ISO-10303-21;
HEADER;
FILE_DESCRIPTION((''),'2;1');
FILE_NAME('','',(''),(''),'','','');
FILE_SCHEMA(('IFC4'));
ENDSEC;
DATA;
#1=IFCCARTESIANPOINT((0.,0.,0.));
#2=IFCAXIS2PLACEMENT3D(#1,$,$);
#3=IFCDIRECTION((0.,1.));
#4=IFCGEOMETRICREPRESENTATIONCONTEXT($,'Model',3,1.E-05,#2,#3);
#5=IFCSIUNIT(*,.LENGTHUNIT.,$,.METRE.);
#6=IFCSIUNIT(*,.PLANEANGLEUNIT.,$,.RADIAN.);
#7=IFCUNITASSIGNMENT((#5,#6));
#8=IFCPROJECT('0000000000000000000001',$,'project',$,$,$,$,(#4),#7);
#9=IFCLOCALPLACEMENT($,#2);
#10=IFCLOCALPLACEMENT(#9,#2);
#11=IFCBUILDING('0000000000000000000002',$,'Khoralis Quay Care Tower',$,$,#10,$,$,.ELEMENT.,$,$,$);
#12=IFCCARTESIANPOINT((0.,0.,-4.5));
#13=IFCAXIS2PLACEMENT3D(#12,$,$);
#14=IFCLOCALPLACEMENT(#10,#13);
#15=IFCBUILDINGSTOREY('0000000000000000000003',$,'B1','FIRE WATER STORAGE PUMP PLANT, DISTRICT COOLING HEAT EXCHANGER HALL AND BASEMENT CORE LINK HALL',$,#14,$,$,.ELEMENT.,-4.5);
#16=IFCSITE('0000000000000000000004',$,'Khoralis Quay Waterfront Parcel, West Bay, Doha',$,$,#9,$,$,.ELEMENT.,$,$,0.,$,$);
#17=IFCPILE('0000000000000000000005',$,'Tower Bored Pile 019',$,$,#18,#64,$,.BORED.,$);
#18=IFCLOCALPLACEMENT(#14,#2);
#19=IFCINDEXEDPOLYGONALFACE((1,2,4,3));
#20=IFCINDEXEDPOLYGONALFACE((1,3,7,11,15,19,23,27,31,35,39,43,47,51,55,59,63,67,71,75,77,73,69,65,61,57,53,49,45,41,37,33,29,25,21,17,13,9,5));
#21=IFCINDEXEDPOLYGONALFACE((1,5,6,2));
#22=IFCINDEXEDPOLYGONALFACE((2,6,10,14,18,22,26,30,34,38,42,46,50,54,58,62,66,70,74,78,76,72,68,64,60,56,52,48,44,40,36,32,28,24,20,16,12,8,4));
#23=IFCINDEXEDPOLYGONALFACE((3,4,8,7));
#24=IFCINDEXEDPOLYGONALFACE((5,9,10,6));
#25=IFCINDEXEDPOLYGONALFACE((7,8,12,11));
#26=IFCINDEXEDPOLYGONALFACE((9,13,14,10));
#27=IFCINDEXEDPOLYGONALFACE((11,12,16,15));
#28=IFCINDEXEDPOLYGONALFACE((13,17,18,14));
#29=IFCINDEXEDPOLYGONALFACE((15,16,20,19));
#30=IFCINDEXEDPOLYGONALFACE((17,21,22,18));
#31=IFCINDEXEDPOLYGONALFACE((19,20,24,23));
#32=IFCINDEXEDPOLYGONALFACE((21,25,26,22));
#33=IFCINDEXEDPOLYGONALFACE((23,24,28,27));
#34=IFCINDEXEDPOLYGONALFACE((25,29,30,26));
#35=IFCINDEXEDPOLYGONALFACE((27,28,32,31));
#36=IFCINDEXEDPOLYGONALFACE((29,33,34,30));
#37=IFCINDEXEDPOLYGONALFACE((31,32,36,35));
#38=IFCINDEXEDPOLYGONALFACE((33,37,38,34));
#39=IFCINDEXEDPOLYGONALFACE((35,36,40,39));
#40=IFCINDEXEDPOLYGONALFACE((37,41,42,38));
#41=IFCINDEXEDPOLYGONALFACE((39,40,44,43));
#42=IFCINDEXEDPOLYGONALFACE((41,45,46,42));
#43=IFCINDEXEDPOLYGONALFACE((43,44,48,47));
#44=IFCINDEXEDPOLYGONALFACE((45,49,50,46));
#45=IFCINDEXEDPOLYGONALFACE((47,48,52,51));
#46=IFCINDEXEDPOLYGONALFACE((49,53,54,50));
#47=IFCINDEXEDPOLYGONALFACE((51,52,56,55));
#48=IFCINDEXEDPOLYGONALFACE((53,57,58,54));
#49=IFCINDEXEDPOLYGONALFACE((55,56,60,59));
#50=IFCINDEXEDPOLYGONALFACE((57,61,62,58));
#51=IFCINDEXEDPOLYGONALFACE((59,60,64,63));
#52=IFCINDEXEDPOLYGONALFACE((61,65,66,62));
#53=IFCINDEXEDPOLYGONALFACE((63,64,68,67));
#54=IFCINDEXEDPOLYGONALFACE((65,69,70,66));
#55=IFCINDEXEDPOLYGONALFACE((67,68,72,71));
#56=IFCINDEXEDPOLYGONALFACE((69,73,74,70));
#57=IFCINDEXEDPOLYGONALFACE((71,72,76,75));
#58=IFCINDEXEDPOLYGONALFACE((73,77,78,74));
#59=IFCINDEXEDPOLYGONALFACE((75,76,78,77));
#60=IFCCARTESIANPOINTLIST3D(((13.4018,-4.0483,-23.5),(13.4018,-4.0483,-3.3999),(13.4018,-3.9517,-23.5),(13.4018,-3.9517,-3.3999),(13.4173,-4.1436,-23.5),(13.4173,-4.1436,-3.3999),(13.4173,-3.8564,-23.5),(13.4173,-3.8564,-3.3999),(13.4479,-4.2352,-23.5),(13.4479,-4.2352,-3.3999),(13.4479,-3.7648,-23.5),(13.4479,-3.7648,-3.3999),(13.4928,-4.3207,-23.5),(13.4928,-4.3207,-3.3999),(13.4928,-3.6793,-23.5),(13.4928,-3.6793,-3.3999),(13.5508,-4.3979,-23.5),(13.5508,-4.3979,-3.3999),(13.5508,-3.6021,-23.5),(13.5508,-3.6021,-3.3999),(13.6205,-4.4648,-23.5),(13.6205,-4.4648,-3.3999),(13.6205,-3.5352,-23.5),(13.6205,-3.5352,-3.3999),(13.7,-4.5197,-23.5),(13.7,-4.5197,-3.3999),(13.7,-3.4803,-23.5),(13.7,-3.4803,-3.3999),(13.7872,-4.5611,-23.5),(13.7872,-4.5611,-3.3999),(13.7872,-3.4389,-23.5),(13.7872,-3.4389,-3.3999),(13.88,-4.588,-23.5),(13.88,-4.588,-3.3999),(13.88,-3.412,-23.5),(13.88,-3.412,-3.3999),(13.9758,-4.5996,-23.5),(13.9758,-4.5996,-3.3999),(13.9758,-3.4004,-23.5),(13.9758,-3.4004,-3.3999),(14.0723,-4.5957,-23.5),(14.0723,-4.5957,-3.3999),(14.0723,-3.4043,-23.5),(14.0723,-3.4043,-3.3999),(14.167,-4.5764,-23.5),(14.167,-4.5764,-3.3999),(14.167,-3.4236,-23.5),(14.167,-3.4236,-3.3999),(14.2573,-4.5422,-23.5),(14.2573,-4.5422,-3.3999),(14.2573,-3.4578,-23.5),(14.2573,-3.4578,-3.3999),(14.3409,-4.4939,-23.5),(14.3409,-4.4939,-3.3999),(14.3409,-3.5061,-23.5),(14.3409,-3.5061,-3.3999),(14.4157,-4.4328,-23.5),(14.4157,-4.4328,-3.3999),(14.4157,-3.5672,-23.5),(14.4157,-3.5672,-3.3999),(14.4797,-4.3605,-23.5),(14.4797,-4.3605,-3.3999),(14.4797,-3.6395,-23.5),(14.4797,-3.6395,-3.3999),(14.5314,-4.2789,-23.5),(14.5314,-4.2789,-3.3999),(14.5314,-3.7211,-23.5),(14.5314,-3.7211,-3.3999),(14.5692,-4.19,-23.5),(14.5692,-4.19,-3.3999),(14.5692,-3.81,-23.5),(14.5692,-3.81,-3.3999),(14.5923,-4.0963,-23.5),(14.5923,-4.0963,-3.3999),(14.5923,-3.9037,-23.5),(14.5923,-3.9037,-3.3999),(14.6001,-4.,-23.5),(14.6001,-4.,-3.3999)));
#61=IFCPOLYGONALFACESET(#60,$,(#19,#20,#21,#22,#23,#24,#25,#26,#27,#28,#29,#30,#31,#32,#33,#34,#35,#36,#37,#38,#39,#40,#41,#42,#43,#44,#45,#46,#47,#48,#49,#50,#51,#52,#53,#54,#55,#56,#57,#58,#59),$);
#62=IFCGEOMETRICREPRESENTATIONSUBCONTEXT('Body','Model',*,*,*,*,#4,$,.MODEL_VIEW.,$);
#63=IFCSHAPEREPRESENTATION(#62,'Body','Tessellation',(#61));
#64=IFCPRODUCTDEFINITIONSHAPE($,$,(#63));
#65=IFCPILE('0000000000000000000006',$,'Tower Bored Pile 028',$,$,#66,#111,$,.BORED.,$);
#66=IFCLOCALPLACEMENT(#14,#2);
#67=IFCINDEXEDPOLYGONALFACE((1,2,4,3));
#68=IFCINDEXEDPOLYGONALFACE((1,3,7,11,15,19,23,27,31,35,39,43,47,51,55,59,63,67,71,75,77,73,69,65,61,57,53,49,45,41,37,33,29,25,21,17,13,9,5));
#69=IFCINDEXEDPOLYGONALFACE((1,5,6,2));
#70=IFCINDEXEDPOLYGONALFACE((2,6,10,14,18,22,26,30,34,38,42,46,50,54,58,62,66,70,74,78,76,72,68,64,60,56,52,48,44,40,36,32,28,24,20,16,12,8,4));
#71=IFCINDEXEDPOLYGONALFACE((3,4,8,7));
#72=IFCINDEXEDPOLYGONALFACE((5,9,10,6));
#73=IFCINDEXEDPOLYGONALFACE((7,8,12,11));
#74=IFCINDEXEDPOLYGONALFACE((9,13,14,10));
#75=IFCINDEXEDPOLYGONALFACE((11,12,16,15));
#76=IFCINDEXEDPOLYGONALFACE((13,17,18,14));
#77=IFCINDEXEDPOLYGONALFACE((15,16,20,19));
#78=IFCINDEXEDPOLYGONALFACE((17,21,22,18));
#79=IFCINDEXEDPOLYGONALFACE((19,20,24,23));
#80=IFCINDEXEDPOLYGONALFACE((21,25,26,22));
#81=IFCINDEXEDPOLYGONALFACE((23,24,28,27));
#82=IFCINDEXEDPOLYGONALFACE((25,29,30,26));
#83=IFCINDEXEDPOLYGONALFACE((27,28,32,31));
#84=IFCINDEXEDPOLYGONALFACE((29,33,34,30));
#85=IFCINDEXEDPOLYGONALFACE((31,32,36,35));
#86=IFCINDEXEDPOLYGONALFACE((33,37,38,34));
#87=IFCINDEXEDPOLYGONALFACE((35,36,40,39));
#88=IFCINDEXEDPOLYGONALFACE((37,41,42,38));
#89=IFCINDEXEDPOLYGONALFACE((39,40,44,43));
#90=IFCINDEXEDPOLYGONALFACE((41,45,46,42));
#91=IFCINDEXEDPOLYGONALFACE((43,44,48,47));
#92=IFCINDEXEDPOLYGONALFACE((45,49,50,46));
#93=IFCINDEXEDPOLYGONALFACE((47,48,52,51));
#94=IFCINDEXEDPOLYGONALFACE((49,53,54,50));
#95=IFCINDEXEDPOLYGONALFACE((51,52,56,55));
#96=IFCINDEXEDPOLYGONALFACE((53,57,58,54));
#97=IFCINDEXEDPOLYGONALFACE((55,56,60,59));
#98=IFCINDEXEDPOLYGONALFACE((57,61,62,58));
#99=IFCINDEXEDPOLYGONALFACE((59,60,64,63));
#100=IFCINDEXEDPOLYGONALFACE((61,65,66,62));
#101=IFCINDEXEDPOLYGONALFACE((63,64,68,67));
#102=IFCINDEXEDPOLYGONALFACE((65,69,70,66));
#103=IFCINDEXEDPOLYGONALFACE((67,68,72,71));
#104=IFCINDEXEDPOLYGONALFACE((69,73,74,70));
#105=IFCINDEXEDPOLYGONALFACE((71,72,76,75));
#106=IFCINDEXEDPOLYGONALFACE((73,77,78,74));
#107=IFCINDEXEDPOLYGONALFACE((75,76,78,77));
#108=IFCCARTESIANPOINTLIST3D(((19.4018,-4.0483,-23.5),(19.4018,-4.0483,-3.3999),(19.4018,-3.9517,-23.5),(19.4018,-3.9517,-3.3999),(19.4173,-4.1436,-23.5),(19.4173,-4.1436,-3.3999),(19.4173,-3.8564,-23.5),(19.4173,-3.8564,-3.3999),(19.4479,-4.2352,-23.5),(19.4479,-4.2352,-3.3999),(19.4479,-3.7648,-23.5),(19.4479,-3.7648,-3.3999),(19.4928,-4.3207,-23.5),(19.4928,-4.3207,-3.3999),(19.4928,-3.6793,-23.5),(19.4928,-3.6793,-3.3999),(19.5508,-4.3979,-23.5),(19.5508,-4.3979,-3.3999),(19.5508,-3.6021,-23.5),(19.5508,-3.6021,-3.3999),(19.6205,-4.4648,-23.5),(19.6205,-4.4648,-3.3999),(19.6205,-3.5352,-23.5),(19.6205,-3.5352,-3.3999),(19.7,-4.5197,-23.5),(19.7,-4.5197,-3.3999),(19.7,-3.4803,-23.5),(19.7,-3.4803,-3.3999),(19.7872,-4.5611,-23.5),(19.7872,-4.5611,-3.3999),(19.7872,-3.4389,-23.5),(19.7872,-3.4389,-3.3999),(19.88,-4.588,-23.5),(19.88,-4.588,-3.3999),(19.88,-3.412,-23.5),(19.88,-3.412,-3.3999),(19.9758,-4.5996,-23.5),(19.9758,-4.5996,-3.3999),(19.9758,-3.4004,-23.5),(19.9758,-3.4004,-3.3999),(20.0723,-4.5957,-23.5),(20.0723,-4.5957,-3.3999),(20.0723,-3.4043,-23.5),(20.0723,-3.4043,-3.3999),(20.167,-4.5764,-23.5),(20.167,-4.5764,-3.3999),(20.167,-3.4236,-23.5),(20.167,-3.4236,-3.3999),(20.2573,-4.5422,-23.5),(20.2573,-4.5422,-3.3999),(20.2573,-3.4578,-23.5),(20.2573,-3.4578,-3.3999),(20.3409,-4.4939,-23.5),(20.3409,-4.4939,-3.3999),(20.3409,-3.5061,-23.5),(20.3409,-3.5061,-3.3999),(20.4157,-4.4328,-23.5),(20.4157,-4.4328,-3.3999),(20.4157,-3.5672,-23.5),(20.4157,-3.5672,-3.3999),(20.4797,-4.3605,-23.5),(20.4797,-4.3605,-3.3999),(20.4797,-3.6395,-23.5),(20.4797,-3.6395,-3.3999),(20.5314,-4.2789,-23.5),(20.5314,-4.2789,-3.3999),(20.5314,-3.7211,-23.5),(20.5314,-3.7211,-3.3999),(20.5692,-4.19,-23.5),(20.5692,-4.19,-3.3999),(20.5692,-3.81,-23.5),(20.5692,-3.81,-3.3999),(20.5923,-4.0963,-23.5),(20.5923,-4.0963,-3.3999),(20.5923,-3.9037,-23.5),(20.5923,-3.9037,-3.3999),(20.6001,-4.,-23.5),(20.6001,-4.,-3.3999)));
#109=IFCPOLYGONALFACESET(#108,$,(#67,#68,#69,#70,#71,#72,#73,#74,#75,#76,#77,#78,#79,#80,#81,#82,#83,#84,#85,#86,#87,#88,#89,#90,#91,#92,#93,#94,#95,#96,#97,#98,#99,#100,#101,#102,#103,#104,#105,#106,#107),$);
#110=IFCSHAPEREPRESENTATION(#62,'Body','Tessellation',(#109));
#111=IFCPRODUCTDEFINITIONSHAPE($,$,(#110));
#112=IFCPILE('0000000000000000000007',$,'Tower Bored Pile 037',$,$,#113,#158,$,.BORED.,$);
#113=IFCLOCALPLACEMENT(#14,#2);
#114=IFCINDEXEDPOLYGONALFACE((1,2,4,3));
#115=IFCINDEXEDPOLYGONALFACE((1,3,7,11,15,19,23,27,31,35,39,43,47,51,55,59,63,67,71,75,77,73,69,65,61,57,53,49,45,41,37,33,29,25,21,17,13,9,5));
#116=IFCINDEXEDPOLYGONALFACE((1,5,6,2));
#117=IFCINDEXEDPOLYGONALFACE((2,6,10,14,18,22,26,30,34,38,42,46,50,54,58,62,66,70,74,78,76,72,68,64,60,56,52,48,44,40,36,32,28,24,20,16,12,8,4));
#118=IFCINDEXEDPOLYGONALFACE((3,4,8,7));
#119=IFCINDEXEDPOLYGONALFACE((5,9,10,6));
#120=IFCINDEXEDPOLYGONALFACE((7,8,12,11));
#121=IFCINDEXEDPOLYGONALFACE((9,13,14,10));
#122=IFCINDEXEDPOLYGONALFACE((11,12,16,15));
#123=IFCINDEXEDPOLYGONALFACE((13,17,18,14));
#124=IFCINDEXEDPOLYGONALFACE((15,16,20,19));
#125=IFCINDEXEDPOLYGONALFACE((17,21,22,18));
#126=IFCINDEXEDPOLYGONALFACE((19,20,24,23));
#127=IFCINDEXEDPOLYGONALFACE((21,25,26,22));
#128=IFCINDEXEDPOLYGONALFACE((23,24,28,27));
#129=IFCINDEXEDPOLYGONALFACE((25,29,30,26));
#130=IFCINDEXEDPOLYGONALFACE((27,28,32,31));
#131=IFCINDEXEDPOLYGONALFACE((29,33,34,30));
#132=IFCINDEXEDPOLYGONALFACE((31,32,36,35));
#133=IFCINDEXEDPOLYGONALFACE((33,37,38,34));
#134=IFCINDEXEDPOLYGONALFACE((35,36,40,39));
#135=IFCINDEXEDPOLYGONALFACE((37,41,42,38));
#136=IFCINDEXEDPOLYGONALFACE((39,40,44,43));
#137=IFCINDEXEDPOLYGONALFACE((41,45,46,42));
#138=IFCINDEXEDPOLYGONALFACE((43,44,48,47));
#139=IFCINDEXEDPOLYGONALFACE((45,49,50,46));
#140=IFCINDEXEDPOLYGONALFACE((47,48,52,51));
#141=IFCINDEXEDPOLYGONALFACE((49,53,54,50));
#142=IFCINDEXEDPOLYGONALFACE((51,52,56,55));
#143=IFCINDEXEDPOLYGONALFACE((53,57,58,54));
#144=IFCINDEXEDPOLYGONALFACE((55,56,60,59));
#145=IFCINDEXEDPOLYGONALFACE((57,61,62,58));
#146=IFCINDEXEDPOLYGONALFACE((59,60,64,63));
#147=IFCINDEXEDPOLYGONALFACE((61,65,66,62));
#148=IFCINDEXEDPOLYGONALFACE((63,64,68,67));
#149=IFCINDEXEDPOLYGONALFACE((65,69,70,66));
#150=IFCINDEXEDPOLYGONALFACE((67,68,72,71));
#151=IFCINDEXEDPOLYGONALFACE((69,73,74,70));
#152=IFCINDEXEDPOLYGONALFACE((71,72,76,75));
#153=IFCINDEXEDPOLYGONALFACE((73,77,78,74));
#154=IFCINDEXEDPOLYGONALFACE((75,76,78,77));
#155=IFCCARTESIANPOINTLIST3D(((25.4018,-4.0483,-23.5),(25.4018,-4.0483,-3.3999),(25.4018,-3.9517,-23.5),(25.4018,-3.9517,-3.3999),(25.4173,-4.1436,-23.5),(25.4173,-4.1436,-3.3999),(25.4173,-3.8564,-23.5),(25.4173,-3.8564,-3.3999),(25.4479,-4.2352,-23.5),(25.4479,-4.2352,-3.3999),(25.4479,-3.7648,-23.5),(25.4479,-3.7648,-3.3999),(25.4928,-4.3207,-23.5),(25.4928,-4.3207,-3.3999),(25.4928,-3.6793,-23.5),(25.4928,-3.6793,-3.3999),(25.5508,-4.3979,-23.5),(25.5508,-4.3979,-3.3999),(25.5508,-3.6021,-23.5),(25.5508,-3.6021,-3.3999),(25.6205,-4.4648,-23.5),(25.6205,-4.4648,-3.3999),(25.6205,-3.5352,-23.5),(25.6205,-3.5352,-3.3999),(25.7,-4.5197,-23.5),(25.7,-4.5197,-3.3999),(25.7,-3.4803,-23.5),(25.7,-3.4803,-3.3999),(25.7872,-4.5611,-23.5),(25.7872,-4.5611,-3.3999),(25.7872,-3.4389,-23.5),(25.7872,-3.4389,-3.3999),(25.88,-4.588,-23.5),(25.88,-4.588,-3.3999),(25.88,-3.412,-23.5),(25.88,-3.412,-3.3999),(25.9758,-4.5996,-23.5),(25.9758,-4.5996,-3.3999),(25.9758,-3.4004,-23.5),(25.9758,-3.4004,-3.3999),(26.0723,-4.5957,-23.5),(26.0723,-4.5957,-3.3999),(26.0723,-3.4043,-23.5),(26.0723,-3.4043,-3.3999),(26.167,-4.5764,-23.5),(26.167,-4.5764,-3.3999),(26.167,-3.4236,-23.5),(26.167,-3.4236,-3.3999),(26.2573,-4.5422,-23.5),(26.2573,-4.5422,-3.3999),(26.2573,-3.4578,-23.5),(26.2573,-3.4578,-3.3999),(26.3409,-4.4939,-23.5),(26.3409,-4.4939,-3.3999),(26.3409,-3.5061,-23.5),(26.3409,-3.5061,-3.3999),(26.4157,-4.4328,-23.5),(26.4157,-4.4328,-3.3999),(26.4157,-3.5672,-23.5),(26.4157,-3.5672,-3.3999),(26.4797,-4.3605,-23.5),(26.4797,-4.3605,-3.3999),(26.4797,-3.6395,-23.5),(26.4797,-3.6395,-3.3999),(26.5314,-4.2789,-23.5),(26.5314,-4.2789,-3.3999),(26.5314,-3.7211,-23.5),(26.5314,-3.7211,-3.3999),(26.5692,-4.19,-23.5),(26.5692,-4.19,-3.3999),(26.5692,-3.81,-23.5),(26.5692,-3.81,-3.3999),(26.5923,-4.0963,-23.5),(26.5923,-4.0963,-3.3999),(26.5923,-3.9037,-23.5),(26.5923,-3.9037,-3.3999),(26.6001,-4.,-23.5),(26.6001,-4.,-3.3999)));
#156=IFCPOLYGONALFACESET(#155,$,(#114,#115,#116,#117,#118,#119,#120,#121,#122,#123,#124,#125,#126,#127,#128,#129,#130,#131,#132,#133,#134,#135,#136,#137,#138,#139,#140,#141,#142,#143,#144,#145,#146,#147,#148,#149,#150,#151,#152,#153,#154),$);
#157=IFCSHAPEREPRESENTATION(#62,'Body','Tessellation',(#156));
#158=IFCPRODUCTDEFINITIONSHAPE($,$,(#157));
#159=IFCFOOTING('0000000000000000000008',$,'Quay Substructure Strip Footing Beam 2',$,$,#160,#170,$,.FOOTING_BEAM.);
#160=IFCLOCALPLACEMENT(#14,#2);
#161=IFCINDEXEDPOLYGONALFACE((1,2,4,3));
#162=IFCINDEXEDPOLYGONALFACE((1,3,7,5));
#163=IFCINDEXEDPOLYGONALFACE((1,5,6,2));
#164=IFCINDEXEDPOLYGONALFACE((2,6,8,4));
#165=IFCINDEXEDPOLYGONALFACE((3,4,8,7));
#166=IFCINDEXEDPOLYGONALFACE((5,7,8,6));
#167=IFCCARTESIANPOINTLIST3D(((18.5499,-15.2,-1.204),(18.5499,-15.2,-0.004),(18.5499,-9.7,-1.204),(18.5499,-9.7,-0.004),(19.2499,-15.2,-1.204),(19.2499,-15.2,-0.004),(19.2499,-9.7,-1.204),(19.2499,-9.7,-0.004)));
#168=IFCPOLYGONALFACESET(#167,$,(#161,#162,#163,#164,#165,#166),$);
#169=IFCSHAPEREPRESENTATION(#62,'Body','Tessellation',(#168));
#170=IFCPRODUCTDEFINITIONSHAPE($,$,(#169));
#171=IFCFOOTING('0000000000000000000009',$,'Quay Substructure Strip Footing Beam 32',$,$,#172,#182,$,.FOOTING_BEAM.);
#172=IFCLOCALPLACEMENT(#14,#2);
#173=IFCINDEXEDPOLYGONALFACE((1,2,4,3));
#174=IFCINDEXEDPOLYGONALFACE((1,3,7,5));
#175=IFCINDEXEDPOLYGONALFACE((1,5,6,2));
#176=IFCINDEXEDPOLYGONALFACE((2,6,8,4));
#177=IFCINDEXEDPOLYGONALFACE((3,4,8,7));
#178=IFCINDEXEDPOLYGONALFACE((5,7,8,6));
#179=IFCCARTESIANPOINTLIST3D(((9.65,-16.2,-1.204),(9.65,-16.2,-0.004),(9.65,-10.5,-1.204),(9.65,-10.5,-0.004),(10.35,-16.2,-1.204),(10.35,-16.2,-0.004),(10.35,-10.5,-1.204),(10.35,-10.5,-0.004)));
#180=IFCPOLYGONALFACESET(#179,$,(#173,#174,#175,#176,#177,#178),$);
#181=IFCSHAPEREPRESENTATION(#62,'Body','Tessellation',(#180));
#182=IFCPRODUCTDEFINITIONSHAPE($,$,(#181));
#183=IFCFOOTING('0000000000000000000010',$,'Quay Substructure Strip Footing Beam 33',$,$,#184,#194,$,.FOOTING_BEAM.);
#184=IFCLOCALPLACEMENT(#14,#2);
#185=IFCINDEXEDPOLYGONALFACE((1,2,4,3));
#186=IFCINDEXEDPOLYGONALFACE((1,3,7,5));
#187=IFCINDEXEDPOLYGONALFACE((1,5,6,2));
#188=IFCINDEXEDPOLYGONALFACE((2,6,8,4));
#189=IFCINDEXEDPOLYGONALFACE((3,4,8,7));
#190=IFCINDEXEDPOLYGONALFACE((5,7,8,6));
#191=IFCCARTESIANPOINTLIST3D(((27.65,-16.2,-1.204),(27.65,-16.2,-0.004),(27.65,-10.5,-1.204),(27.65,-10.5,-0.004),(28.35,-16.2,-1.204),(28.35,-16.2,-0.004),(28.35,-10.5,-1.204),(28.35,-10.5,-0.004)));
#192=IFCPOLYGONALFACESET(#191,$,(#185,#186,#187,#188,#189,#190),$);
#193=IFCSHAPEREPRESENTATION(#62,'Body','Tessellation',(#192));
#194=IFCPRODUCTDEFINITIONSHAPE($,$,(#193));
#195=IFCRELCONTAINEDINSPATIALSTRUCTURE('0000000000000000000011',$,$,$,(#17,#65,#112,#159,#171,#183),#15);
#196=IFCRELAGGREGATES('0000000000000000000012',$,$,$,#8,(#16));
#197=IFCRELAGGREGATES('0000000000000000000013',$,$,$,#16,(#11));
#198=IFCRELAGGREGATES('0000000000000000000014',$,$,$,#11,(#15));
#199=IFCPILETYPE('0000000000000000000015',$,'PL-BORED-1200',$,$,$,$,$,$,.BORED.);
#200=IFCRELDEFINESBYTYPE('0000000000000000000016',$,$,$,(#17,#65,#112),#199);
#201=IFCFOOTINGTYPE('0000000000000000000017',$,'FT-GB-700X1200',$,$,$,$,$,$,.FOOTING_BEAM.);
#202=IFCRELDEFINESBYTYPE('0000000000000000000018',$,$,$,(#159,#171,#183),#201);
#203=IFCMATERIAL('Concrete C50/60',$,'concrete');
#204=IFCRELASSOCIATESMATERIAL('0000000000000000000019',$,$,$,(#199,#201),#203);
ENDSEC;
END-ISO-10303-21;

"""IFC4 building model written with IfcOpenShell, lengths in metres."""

from ifc_helpers import new_model, si_unit, direction, frame, origin, origin_2d, place, context, subcontext, project, spatial, rectangle, circle, extrude, source, transform, mapped, material, material_profile, profile_set, type_object, element, save


model = new_model("IFC4")

# Units and contexts
model_context = context("Model", 3, precision=1e-05, world=origin(), true_north=direction((0.0, 1.0)))
body_context = subcontext(model_context, "Body", "Model", "MODEL_VIEW")
ifc_project = project(units=[si_unit("LENGTHUNIT", "METRE"), si_unit("PLANEANGLEUNIT", "RADIAN")], contexts=[model_context])

# Site, building, storey
site_placement = place(None, origin())
site = spatial("IfcSite", under=ifc_project, at=site_placement, Name="Khoralis Quay Waterfront Parcel, West Bay, Doha", CompositionType="ELEMENT", RefElevation=0.0)
building_placement = place(site_placement, origin())
building = spatial("IfcBuilding", under=site, at=building_placement, Name="Khoralis Quay Care Tower", CompositionType="ELEMENT")
storey_placement = place(building_placement, frame((0.0, 0.0, -4.5)))
storey = spatial("IfcBuildingStorey", under=building, at=storey_placement, Name="B1", Description="FIRE WATER STORAGE PUMP PLANT, DISTRICT COOLING HEAT EXCHANGER HALL AND BASEMENT CORE LINK HALL", CompositionType="ELEMENT", Elevation=-4.5)

# Piles
ifc_material_1 = material(Name="Concrete C50/60", Category="concrete")
ifc_material_profile_1 = material_profile(ifc_material_1, circle(Radius=0.6001, at=origin_2d()), Name="Concrete C50/60")
ifc_profile_set_1 = profile_set([ifc_material_profile_1], Name="Concrete C50/60")
pile_type = type_object("IfcPileType", Name="PL-BORED-1200", PredefinedType="BORED", material=ifc_profile_set_1)
shared_shape_1 = source(origin(), body_context, "Body", "SweptSolid", [
    extrude(circle(Radius=0.6001, at=origin_2d()), origin(), (0.0, 0.0, 1.0), 20.1001),
])
for number, where, z_axis, x_axis, name in (
    (1, (14.0, -4.0, -3.3999), (0.0, 0.0, -1.0), (1.0, 0.0, 0.0), "Tower Bored Pile 019"),
    (2, (20.0, -4.0, -3.3999), (0.0, 0.0, -1.0), (1.0, 0.0, 0.0), "Tower Bored Pile 028"),
    (3, (26.0, -4.0, -3.3999), (0.0, 0.0, -1.0), (1.0, 0.0, 0.0), "Tower Bored Pile 037"),
):
    element("IfcPile", number, at=place(storey_placement, frame(where, z_axis=z_axis, x_axis=x_axis)), inside=storey, type_object=pile_type, Name=name, PredefinedType="BORED", context=body_context, shape_type="MappedRepresentation", body=[
        mapped(shared_shape_1, transform((0.0, 0.0, 0.0), scale=1.0)),
    ])

# Footings
ifc_material_profile_2 = material_profile(ifc_material_1, rectangle(XDim=0.7, YDim=1.2, at=origin_2d()), Name="Concrete C50/60")
ifc_profile_set_2 = profile_set([ifc_material_profile_2], Name="Concrete C50/60")
footing_type = type_object("IfcFootingType", Name="FT-GB-700X1200", PredefinedType="FOOTING_BEAM", material=ifc_profile_set_2)
shared_shape_2 = source(origin(), body_context, "Body", "SweptSolid", [
    extrude(rectangle(XDim=0.7, YDim=1.2, at=origin_2d()), origin(), (0.0, 0.0, 1.0), 5.5),
])
footing_placement = place(storey_placement, frame((18.8999, -15.2, -0.604), z_axis=(0.0, 1.0, 0.0), x_axis=(-1.0, 0.0, 0.0)))
element("IfcFooting", 4, at=footing_placement, inside=storey, type_object=footing_type, Name="Quay Substructure Strip Footing Beam 2", PredefinedType="FOOTING_BEAM", context=body_context, shape_type="MappedRepresentation", body=[
    mapped(shared_shape_2, transform((0.0, 0.0, 0.0), scale=1.0)),
])
shared_shape_3 = source(origin(), body_context, "Body", "SweptSolid", [
    extrude(rectangle(XDim=0.7, YDim=1.2, at=origin_2d()), origin(), (0.0, 0.0, 1.0), 5.7),
])
for number, where, z_axis, x_axis, name in (
    (5, (10.0, -16.2, -0.604), (0.0, 1.0, 0.0), (-1.0, 0.0, 0.0), "Quay Substructure Strip Footing Beam 32"),
    (6, (28.0, -16.2, -0.604), (0.0, 1.0, 0.0), (-1.0, 0.0, 0.0), "Quay Substructure Strip Footing Beam 33"),
):
    element("IfcFooting", number, at=place(storey_placement, frame(where, z_axis=z_axis, x_axis=x_axis)), inside=storey, type_object=footing_type, Name=name, PredefinedType="FOOTING_BEAM", context=body_context, shape_type="MappedRepresentation", body=[
        mapped(shared_shape_3, transform((0.0, 0.0, 0.0), scale=1.0)),
    ])

save(model, "model.ifc")
